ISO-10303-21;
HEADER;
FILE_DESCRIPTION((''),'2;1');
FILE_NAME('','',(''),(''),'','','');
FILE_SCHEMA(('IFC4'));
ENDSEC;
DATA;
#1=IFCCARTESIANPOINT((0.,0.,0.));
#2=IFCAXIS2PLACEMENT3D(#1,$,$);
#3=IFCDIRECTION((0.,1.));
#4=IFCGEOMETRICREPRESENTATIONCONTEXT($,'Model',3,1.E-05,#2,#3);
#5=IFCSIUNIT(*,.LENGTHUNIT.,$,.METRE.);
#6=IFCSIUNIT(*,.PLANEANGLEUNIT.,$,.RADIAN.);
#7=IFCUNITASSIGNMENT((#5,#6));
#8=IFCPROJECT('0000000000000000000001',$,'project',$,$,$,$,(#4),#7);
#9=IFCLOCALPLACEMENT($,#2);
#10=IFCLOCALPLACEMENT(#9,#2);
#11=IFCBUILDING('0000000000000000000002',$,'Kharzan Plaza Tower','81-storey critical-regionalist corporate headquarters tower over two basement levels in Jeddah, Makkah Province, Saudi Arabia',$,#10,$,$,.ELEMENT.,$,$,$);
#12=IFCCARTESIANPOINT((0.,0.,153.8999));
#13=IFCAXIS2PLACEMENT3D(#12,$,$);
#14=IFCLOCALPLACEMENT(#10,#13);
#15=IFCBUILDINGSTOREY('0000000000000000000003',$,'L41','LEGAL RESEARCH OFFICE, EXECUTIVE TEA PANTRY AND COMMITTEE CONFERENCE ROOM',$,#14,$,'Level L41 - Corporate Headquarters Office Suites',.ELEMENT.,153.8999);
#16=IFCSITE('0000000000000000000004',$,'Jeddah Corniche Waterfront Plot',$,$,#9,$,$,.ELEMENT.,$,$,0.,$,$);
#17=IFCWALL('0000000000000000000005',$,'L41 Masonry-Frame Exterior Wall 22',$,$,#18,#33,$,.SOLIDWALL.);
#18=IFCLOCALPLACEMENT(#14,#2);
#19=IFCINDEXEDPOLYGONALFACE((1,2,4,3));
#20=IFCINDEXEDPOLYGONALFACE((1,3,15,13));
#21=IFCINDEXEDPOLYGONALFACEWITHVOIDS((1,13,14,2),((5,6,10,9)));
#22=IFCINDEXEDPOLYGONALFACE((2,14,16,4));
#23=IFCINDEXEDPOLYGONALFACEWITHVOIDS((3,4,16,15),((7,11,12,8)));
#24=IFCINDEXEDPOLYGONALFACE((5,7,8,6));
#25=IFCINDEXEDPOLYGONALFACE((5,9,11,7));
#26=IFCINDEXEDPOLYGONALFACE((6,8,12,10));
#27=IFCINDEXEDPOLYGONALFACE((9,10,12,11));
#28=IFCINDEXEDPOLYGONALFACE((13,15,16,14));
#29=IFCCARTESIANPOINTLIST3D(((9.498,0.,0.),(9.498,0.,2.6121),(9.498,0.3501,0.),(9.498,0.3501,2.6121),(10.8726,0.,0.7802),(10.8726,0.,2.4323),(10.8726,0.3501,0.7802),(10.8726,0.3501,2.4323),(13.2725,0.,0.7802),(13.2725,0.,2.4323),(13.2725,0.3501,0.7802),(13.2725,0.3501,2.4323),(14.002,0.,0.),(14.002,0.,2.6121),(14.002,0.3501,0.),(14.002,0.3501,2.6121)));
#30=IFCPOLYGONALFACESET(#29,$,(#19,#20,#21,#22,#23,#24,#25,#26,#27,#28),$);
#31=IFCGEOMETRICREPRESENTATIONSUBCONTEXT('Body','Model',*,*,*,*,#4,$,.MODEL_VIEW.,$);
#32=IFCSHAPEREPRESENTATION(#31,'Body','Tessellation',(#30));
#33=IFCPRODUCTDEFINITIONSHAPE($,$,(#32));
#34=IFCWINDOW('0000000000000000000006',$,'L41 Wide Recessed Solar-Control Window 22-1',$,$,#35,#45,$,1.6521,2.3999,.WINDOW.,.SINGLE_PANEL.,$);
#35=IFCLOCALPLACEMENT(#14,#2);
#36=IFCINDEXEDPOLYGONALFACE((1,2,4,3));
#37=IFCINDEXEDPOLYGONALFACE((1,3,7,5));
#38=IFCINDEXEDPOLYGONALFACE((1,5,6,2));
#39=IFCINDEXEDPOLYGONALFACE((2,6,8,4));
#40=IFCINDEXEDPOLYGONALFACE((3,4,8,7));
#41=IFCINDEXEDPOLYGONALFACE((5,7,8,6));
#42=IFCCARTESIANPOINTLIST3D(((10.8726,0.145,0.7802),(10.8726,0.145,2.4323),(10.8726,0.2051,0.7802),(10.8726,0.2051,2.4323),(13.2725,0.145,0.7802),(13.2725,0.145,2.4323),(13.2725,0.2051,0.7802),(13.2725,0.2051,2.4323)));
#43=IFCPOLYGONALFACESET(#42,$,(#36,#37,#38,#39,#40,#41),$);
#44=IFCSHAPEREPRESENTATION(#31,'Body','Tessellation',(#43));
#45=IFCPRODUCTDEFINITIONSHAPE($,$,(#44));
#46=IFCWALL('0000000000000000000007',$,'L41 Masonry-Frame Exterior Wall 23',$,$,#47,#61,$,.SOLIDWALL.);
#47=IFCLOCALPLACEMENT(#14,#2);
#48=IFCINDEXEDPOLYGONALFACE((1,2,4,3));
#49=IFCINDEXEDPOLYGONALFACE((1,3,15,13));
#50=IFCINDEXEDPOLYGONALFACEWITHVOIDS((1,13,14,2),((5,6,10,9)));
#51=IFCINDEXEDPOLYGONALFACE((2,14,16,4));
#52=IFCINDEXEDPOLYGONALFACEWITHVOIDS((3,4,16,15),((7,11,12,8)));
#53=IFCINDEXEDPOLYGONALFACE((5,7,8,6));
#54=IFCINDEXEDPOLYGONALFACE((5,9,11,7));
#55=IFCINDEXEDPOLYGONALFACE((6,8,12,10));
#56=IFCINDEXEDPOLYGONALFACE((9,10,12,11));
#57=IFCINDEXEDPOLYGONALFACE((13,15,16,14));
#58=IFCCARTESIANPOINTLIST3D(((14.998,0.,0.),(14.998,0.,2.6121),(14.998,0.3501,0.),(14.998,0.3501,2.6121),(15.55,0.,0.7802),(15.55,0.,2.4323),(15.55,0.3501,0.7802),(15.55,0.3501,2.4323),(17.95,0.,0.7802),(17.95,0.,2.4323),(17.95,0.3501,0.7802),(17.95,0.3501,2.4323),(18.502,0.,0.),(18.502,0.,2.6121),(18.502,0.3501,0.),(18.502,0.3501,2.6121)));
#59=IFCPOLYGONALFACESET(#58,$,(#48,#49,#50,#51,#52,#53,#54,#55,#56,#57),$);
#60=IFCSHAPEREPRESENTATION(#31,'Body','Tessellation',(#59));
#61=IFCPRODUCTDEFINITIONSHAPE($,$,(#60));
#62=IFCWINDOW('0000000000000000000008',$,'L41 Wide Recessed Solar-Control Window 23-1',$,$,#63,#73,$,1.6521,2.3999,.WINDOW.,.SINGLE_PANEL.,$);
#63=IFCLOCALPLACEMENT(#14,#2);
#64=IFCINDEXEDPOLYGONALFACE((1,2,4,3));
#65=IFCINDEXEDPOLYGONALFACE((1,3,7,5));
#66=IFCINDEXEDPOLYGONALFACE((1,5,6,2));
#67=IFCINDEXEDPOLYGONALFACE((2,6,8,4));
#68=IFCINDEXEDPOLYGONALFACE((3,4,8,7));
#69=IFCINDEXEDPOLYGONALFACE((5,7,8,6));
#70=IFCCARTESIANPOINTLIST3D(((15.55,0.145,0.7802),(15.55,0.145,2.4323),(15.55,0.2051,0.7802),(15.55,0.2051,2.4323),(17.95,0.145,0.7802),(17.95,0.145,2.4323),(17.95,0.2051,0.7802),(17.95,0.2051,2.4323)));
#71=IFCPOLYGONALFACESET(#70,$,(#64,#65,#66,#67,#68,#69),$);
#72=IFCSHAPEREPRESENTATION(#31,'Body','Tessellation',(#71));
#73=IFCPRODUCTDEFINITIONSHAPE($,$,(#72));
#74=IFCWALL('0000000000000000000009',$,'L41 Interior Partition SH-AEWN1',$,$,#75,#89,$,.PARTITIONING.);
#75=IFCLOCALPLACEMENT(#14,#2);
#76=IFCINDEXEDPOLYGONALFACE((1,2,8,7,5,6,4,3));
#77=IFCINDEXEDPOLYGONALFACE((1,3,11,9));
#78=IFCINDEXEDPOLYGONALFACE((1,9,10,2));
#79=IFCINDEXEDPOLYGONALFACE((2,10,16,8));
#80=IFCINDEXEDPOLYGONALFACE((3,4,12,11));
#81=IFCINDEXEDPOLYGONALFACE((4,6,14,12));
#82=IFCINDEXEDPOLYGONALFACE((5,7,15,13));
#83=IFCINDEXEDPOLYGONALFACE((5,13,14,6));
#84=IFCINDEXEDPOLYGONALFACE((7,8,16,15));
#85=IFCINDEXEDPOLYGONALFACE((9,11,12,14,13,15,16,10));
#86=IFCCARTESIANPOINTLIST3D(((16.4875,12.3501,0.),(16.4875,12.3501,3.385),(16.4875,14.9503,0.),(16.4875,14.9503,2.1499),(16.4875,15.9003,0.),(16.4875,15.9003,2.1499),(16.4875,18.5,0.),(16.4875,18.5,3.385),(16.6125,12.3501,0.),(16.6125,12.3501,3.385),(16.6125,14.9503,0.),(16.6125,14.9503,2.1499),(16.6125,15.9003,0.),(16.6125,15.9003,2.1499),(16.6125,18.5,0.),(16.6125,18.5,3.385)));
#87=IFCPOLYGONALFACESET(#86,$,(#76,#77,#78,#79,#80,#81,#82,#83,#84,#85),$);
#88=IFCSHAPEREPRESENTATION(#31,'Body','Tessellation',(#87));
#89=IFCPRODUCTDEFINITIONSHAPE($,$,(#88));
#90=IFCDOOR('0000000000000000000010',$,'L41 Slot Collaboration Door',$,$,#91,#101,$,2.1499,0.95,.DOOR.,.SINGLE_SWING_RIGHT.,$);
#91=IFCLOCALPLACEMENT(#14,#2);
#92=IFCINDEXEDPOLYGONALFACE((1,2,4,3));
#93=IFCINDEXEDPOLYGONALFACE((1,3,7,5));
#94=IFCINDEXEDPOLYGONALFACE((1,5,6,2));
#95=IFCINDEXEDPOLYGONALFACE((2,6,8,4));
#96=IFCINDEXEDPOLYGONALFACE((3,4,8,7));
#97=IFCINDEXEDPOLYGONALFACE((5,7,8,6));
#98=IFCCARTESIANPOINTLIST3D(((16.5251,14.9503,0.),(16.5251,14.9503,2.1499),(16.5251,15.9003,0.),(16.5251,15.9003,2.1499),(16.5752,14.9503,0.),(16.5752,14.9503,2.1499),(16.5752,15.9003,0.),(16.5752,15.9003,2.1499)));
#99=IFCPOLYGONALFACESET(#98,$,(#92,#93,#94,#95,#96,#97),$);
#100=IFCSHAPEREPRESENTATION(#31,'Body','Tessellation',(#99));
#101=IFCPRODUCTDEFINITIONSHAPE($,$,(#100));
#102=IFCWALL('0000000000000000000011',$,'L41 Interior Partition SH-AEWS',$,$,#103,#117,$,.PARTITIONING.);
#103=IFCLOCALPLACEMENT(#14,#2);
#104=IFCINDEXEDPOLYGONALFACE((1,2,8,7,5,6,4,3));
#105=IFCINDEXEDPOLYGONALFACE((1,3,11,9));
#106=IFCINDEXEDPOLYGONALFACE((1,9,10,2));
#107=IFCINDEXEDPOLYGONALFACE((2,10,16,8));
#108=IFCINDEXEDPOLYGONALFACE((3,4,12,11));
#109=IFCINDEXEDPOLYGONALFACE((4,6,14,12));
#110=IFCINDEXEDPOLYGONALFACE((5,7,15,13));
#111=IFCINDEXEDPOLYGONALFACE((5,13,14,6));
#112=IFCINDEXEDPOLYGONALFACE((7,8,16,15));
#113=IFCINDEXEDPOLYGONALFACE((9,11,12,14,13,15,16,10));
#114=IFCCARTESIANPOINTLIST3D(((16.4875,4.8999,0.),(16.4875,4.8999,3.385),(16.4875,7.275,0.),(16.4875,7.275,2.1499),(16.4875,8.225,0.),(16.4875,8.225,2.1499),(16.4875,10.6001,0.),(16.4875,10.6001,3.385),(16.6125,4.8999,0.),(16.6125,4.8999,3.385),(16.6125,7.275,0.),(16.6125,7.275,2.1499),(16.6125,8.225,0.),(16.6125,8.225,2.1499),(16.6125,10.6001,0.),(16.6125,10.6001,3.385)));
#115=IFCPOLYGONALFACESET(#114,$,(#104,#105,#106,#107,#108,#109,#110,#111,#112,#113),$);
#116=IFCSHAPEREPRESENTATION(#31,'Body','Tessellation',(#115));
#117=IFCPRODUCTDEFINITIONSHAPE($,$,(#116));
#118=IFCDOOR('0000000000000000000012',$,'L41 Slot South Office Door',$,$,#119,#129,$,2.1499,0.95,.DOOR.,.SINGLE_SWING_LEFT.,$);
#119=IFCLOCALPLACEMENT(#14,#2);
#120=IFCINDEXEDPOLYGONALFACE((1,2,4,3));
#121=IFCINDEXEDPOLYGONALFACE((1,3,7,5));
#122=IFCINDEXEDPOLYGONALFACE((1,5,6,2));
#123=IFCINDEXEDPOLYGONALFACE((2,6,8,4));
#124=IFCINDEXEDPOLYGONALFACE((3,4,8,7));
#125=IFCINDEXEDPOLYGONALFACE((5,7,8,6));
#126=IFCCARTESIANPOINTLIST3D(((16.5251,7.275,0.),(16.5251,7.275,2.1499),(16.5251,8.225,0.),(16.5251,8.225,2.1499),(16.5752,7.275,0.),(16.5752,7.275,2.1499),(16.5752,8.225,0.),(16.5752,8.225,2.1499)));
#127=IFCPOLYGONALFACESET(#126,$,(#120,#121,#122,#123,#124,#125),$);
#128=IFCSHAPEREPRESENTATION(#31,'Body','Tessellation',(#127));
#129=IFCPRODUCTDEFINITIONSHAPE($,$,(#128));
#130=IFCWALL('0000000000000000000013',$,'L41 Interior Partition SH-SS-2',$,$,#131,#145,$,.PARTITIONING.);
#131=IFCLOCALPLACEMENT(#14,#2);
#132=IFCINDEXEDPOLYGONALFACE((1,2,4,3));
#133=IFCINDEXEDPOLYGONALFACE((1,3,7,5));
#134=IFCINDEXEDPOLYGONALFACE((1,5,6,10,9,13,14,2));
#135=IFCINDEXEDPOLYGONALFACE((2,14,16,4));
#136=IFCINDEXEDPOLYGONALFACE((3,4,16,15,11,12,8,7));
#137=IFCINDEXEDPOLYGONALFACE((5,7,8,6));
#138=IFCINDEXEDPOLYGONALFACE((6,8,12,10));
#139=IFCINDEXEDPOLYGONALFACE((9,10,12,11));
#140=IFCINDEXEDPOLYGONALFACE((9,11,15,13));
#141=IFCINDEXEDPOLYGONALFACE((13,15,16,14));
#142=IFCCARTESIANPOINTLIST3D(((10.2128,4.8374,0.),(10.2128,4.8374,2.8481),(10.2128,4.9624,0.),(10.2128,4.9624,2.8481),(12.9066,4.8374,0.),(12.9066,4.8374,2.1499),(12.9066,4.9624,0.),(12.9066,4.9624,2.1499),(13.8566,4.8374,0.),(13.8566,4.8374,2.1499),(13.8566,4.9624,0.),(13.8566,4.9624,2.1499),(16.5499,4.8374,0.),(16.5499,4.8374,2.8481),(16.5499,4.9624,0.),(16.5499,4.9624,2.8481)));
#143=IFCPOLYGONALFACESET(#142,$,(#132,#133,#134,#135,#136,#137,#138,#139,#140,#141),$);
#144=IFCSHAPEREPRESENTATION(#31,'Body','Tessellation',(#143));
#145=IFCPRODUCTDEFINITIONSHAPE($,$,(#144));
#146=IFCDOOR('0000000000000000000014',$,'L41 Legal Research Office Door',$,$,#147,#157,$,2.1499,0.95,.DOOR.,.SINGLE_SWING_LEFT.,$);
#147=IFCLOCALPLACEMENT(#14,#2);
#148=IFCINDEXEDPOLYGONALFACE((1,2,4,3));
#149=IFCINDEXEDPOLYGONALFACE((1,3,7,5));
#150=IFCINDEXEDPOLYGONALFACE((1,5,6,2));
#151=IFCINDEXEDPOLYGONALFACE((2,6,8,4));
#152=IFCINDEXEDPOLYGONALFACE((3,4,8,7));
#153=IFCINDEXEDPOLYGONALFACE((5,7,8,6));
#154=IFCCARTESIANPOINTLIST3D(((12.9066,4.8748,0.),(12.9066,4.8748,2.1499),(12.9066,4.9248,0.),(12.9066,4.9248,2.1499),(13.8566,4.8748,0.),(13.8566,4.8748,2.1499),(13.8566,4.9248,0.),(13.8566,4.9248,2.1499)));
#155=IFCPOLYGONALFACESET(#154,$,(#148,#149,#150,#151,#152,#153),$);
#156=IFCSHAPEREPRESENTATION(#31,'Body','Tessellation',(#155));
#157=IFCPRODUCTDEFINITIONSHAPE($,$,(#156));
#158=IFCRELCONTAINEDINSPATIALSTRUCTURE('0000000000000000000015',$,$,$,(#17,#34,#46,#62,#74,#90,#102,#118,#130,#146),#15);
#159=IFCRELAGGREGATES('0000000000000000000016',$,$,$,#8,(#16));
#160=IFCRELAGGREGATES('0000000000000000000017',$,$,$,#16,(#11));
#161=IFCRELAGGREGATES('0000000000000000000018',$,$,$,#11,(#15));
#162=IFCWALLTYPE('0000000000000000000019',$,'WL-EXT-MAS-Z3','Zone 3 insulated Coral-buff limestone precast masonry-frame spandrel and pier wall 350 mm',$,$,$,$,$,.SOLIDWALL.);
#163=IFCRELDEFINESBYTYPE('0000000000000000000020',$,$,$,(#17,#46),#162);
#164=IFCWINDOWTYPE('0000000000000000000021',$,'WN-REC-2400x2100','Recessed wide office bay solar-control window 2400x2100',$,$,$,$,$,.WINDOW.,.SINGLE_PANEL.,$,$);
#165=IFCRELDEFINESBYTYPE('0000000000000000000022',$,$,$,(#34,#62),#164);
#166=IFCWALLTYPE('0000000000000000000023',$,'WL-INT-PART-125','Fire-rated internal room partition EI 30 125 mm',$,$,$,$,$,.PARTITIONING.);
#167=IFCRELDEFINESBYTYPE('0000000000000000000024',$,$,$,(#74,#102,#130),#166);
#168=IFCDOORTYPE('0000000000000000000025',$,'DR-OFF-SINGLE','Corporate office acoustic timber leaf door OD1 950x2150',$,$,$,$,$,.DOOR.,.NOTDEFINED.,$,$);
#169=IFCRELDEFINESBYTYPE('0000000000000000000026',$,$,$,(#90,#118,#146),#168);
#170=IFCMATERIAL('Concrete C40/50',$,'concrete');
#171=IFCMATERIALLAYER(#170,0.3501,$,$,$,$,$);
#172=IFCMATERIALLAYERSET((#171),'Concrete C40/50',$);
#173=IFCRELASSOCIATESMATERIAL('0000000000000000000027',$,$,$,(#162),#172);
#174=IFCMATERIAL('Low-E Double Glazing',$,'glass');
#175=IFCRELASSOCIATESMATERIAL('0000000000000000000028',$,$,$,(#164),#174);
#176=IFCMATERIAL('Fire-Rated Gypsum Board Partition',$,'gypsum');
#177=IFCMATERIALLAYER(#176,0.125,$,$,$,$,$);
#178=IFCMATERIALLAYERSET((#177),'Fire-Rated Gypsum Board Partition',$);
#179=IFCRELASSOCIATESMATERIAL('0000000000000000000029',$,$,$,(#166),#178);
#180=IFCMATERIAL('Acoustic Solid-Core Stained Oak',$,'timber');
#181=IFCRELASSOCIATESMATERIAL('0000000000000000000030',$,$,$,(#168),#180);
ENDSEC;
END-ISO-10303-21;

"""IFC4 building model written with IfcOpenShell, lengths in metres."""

from ifc_helpers import new_model, si_unit, direction, frame, frame_2d, origin, place, context, subcontext, project, spatial, rectangle, extrude, source, transform, mapped, material, layer, layer_set, type_object, element, fill, save


model = new_model("IFC4")

# Units and contexts
model_context = context("Model", 3, precision=1e-05, world=origin(), true_north=direction((0.0, 1.0)))
body_context = subcontext(model_context, "Body", "Model", "MODEL_VIEW")
ifc_project = project(units=[si_unit("LENGTHUNIT", "METRE"), si_unit("PLANEANGLEUNIT", "RADIAN")], contexts=[model_context])

# Site, building, storey
site_placement = place(None, origin())
site = spatial("IfcSite", under=ifc_project, at=site_placement, Name="Jeddah Corniche Waterfront Plot", CompositionType="ELEMENT", RefElevation=0.0)
building_placement = place(site_placement, origin())
building = spatial("IfcBuilding", under=site, at=building_placement, Name="Kharzan Plaza Tower", Description="81-storey critical-regionalist corporate headquarters tower over two basement levels in Jeddah, Makkah Province, Saudi Arabia", CompositionType="ELEMENT")
storey_placement = place(building_placement, frame((0.0, 0.0, 153.8999)))
storey = spatial("IfcBuildingStorey", under=building, at=storey_placement, Name="L41", Description="LEGAL RESEARCH OFFICE, EXECUTIVE TEA PANTRY AND COMMITTEE CONFERENCE ROOM", LongName="Level L41 - Corporate Headquarters Office Suites", CompositionType="ELEMENT", Elevation=153.8999)

# Walls, openings, windows
ifc_material_1 = material(Name="Concrete C40/50", Category="concrete")
ifc_layer_1 = layer(ifc_material_1, 0.3501)
ifc_layer_set_1 = layer_set([ifc_layer_1], Name="Concrete C40/50")
wall_type_1 = type_object("IfcWallType", Name="WL-EXT-MAS-Z3", Description="Zone 3 insulated Coral-buff limestone precast masonry-frame spandrel and pier wall 350 mm", PredefinedType="SOLIDWALL", material=ifc_layer_set_1)
wall_1_placement = place(storey_placement, frame((9.498, 0.175, 0.0), z_axis=(0.0, 0.0, 1.0), x_axis=(1.0, 0.0, 0.0)))
wall_1 = element("IfcWall", 1, at=wall_1_placement, inside=storey, type_object=wall_type_1, Name="L41 Masonry-Frame Exterior Wall 22", PredefinedType="SOLIDWALL", context=body_context, shape_type="SweptSolid", body=[
    extrude(rectangle(XDim=4.5039, YDim=0.3501, at=frame_2d((2.252, 0.0))), origin(), (0.0, 0.0, 1.0), 2.6121),
])
opening_1_placement = place(wall_1_placement, frame((1.3745, 0.0, 0.78)))
opening_1 = element("IfcOpeningElement", 2, at=opening_1_placement, cuts=wall_1, PredefinedType="OPENING", context=body_context, shape_type="SweptSolid", body=[
    extrude(rectangle(XDim=2.3999, YDim=1.6521, at=frame_2d((1.2, 0.8262))), frame((0.0, 0.1851, 0.0), z_axis=(0.0, -1.0, 0.0), x_axis=(1.0, 0.0, 0.0)), (0.0, 0.0, 1.0), 0.3701),
])
ifc_material_2 = material(Name="Low-E Double Glazing", Category="glass")
window_type = type_object("IfcWindowType", Name="WN-REC-2400x2100", Description="Recessed wide office bay solar-control window 2400x2100", PartitioningType="SINGLE_PANEL", PredefinedType="WINDOW", material=ifc_material_2)
shared_shape_1 = source(origin(), body_context, "Body", "SweptSolid", [
    extrude(rectangle(XDim=2.3999, YDim=1.6521, at=frame_2d((1.2, 0.8262))), frame((0.0, 0.03, 0.0), z_axis=(0.0, -1.0, 0.0), x_axis=(1.0, 0.0, 0.0)), (0.0, 0.0, 1.0), 0.0601),
])
window_1_placement = place(opening_1_placement, origin())
window_1 = element("IfcWindow", 3, at=window_1_placement, inside=storey, type_object=window_type, Name="L41 Wide Recessed Solar-Control Window 22-1", OverallHeight=1.6521, OverallWidth=2.3999, PartitioningType="SINGLE_PANEL", PredefinedType="WINDOW", context=body_context, shape_type="MappedRepresentation", body=[
    mapped(shared_shape_1, transform((0.0, 0.0, 0.0), x_axis=(1.0, 0.0, 0.0), y_axis=(0.0, 1.0, 0.0), z_axis=(0.0, 0.0, 1.0))),
])
fill(opening_1, window_1)
wall_2_placement = place(storey_placement, frame((14.998, 0.175, 0.0), z_axis=(0.0, 0.0, 1.0), x_axis=(1.0, 0.0, 0.0)))
wall_2 = element("IfcWall", 4, at=wall_2_placement, inside=storey, type_object=wall_type_1, Name="L41 Masonry-Frame Exterior Wall 23", PredefinedType="SOLIDWALL", context=body_context, shape_type="SweptSolid", body=[
    extrude(rectangle(XDim=3.5039, YDim=0.3501, at=frame_2d((1.752, 0.0))), origin(), (0.0, 0.0, 1.0), 2.6121),
])
opening_2_placement = place(wall_2_placement, frame((0.552, 0.0, 0.78)))
opening_2 = element("IfcOpeningElement", 5, at=opening_2_placement, cuts=wall_2, PredefinedType="OPENING", context=body_context, shape_type="SweptSolid", body=[
    extrude(rectangle(XDim=2.3999, YDim=1.6521, at=frame_2d((1.2, 0.8262))), frame((0.0, 0.1851, 0.0), z_axis=(0.0, -1.0, 0.0), x_axis=(1.0, 0.0, 0.0)), (0.0, 0.0, 1.0), 0.3701),
])
window_2_placement = place(opening_2_placement, origin())
window_2 = element("IfcWindow", 6, at=window_2_placement, inside=storey, type_object=window_type, Name="L41 Wide Recessed Solar-Control Window 23-1", OverallHeight=1.6521, OverallWidth=2.3999, PartitioningType="SINGLE_PANEL", PredefinedType="WINDOW", context=body_context, shape_type="MappedRepresentation", body=[
    mapped(shared_shape_1, transform((0.0, 0.0, 0.0), x_axis=(1.0, 0.0, 0.0), y_axis=(0.0, 1.0, 0.0), z_axis=(0.0, 0.0, 1.0))),
])
fill(opening_2, window_2)

# Walls, openings, doors
ifc_material_3 = material(Name="Fire-Rated Gypsum Board Partition", Category="gypsum")
ifc_layer_2 = layer(ifc_material_3, 0.125)
ifc_layer_set_2 = layer_set([ifc_layer_2], Name="Fire-Rated Gypsum Board Partition")
wall_type_2 = type_object("IfcWallType", Name="WL-INT-PART-125", Description="Fire-rated internal room partition EI 30 125 mm", PredefinedType="PARTITIONING", material=ifc_layer_set_2)
wall_3_placement = place(storey_placement, frame((16.55, 12.3501, 0.0), z_axis=(0.0, 0.0, 1.0), x_axis=(0.0, 1.0, 0.0)))
wall_3 = element("IfcWall", 7, at=wall_3_placement, inside=storey, type_object=wall_type_2, Name="L41 Interior Partition SH-AEWN1", PredefinedType="PARTITIONING", context=body_context, shape_type="SweptSolid", body=[
    extrude(rectangle(XDim=6.1499, YDim=0.125, at=frame_2d((3.075, 0.0))), origin(), (0.0, 0.0, 1.0), 3.385),
])
opening_3_placement = place(wall_3_placement, frame((2.6001, 0.0, 0.0)))
opening_3 = element("IfcOpeningElement", 8, at=opening_3_placement, cuts=wall_3, PredefinedType="OPENING", context=body_context, shape_type="SweptSolid", body=[
    extrude(rectangle(XDim=0.95, YDim=2.1499, at=frame_2d((0.4751, 1.075))), frame((0.0, 0.0725, 0.0), z_axis=(0.0, -1.0, 0.0), x_axis=(1.0, 0.0, 0.0)), (0.0, 0.0, 1.0), 0.145),
])
ifc_material_4 = material(Name="Acoustic Solid-Core Stained Oak", Category="timber")
door_type = type_object("IfcDoorType", Name="DR-OFF-SINGLE", Description="Corporate office acoustic timber leaf door OD1 950x2150", OperationType="NOTDEFINED", PredefinedType="DOOR", material=ifc_material_4)
shared_shape_2 = source(origin(), body_context, "Body", "SweptSolid", [
    extrude(rectangle(XDim=0.95, YDim=2.1499, at=frame_2d((0.4751, 1.075))), frame((0.0, 0.0249, 0.0), z_axis=(0.0, -1.0, 0.0), x_axis=(1.0, 0.0, 0.0)), (0.0, 0.0, 1.0), 0.05),
])
door_1_placement = place(opening_3_placement, origin())
door_1 = element("IfcDoor", 9, at=door_1_placement, inside=storey, type_object=door_type, Name="L41 Slot Collaboration Door", OperationType="SINGLE_SWING_RIGHT", OverallHeight=2.1499, OverallWidth=0.95, PredefinedType="DOOR", context=body_context, shape_type="MappedRepresentation", body=[
    mapped(shared_shape_2, transform((0.0, 0.0, 0.0), x_axis=(1.0, 0.0, 0.0), y_axis=(0.0, 1.0, 0.0), z_axis=(0.0, 0.0, 1.0))),
])
fill(opening_3, door_1)
wall_4_placement = place(storey_placement, frame((16.55, 4.8999, 0.0), z_axis=(0.0, 0.0, 1.0), x_axis=(0.0, 1.0, 0.0)))
wall_4 = element("IfcWall", 10, at=wall_4_placement, inside=storey, type_object=wall_type_2, Name="L41 Interior Partition SH-AEWS", PredefinedType="PARTITIONING", context=body_context, shape_type="SweptSolid", body=[
    extrude(rectangle(XDim=5.7002, YDim=0.125, at=frame_2d((2.8501, 0.0))), origin(), (0.0, 0.0, 1.0), 3.385),
])
opening_4_placement = place(wall_4_placement, frame((2.375, 0.0, 0.0)))
opening_4 = element("IfcOpeningElement", 11, at=opening_4_placement, cuts=wall_4, PredefinedType="OPENING", context=body_context, shape_type="SweptSolid", body=[
    extrude(rectangle(XDim=0.95, YDim=2.1499, at=frame_2d((0.4751, 1.075))), frame((0.0, 0.0725, 0.0), z_axis=(0.0, -1.0, 0.0), x_axis=(1.0, 0.0, 0.0)), (0.0, 0.0, 1.0), 0.145),
])
door_2_placement = place(opening_4_placement, origin())
door_2 = element("IfcDoor", 12, at=door_2_placement, inside=storey, type_object=door_type, Name="L41 Slot South Office Door", OperationType="SINGLE_SWING_LEFT", OverallHeight=2.1499, OverallWidth=0.95, PredefinedType="DOOR", context=body_context, shape_type="MappedRepresentation", body=[
    mapped(shared_shape_2, transform((0.0, 0.0, 0.0), x_axis=(1.0, 0.0, 0.0), y_axis=(0.0, 1.0, 0.0), z_axis=(0.0, 0.0, 1.0))),
])
fill(opening_4, door_2)
wall_5_placement = place(storey_placement, frame((10.2129, 4.8999, 0.0), z_axis=(0.0, 0.0, 1.0), x_axis=(1.0, 0.0, 0.0)))
wall_5 = element("IfcWall", 13, at=wall_5_placement, inside=storey, type_object=wall_type_2, Name="L41 Interior Partition SH-SS-2", PredefinedType="PARTITIONING", context=body_context, shape_type="SweptSolid", body=[
    extrude(rectangle(XDim=6.3372, YDim=0.125, at=frame_2d((3.1685, 0.0))), origin(), (0.0, 0.0, 1.0), 2.8481),
])
opening_5_placement = place(wall_5_placement, frame((2.6936, 0.0, 0.0)))
opening_5 = element("IfcOpeningElement", 14, at=opening_5_placement, cuts=wall_5, PredefinedType="OPENING", context=body_context, shape_type="SweptSolid", body=[
    extrude(rectangle(XDim=0.95, YDim=2.1499, at=frame_2d((0.4751, 1.075))), frame((0.0, 0.0725, 0.0), z_axis=(0.0, -1.0, 0.0), x_axis=(1.0, 0.0, 0.0)), (0.0, 0.0, 1.0), 0.145),
])
door_3_placement = place(opening_5_placement, origin())
door_3 = element("IfcDoor", 15, at=door_3_placement, inside=storey, type_object=door_type, Name="L41 Legal Research Office Door", OperationType="SINGLE_SWING_LEFT", OverallHeight=2.1499, OverallWidth=0.95, PredefinedType="DOOR", context=body_context, shape_type="MappedRepresentation", body=[
    mapped(shared_shape_2, transform((0.0, 0.0, 0.0), x_axis=(1.0, 0.0, 0.0), y_axis=(0.0, 1.0, 0.0), z_axis=(0.0, 0.0, 1.0))),
])
fill(opening_5, door_3)

save(model, "model.ifc")
